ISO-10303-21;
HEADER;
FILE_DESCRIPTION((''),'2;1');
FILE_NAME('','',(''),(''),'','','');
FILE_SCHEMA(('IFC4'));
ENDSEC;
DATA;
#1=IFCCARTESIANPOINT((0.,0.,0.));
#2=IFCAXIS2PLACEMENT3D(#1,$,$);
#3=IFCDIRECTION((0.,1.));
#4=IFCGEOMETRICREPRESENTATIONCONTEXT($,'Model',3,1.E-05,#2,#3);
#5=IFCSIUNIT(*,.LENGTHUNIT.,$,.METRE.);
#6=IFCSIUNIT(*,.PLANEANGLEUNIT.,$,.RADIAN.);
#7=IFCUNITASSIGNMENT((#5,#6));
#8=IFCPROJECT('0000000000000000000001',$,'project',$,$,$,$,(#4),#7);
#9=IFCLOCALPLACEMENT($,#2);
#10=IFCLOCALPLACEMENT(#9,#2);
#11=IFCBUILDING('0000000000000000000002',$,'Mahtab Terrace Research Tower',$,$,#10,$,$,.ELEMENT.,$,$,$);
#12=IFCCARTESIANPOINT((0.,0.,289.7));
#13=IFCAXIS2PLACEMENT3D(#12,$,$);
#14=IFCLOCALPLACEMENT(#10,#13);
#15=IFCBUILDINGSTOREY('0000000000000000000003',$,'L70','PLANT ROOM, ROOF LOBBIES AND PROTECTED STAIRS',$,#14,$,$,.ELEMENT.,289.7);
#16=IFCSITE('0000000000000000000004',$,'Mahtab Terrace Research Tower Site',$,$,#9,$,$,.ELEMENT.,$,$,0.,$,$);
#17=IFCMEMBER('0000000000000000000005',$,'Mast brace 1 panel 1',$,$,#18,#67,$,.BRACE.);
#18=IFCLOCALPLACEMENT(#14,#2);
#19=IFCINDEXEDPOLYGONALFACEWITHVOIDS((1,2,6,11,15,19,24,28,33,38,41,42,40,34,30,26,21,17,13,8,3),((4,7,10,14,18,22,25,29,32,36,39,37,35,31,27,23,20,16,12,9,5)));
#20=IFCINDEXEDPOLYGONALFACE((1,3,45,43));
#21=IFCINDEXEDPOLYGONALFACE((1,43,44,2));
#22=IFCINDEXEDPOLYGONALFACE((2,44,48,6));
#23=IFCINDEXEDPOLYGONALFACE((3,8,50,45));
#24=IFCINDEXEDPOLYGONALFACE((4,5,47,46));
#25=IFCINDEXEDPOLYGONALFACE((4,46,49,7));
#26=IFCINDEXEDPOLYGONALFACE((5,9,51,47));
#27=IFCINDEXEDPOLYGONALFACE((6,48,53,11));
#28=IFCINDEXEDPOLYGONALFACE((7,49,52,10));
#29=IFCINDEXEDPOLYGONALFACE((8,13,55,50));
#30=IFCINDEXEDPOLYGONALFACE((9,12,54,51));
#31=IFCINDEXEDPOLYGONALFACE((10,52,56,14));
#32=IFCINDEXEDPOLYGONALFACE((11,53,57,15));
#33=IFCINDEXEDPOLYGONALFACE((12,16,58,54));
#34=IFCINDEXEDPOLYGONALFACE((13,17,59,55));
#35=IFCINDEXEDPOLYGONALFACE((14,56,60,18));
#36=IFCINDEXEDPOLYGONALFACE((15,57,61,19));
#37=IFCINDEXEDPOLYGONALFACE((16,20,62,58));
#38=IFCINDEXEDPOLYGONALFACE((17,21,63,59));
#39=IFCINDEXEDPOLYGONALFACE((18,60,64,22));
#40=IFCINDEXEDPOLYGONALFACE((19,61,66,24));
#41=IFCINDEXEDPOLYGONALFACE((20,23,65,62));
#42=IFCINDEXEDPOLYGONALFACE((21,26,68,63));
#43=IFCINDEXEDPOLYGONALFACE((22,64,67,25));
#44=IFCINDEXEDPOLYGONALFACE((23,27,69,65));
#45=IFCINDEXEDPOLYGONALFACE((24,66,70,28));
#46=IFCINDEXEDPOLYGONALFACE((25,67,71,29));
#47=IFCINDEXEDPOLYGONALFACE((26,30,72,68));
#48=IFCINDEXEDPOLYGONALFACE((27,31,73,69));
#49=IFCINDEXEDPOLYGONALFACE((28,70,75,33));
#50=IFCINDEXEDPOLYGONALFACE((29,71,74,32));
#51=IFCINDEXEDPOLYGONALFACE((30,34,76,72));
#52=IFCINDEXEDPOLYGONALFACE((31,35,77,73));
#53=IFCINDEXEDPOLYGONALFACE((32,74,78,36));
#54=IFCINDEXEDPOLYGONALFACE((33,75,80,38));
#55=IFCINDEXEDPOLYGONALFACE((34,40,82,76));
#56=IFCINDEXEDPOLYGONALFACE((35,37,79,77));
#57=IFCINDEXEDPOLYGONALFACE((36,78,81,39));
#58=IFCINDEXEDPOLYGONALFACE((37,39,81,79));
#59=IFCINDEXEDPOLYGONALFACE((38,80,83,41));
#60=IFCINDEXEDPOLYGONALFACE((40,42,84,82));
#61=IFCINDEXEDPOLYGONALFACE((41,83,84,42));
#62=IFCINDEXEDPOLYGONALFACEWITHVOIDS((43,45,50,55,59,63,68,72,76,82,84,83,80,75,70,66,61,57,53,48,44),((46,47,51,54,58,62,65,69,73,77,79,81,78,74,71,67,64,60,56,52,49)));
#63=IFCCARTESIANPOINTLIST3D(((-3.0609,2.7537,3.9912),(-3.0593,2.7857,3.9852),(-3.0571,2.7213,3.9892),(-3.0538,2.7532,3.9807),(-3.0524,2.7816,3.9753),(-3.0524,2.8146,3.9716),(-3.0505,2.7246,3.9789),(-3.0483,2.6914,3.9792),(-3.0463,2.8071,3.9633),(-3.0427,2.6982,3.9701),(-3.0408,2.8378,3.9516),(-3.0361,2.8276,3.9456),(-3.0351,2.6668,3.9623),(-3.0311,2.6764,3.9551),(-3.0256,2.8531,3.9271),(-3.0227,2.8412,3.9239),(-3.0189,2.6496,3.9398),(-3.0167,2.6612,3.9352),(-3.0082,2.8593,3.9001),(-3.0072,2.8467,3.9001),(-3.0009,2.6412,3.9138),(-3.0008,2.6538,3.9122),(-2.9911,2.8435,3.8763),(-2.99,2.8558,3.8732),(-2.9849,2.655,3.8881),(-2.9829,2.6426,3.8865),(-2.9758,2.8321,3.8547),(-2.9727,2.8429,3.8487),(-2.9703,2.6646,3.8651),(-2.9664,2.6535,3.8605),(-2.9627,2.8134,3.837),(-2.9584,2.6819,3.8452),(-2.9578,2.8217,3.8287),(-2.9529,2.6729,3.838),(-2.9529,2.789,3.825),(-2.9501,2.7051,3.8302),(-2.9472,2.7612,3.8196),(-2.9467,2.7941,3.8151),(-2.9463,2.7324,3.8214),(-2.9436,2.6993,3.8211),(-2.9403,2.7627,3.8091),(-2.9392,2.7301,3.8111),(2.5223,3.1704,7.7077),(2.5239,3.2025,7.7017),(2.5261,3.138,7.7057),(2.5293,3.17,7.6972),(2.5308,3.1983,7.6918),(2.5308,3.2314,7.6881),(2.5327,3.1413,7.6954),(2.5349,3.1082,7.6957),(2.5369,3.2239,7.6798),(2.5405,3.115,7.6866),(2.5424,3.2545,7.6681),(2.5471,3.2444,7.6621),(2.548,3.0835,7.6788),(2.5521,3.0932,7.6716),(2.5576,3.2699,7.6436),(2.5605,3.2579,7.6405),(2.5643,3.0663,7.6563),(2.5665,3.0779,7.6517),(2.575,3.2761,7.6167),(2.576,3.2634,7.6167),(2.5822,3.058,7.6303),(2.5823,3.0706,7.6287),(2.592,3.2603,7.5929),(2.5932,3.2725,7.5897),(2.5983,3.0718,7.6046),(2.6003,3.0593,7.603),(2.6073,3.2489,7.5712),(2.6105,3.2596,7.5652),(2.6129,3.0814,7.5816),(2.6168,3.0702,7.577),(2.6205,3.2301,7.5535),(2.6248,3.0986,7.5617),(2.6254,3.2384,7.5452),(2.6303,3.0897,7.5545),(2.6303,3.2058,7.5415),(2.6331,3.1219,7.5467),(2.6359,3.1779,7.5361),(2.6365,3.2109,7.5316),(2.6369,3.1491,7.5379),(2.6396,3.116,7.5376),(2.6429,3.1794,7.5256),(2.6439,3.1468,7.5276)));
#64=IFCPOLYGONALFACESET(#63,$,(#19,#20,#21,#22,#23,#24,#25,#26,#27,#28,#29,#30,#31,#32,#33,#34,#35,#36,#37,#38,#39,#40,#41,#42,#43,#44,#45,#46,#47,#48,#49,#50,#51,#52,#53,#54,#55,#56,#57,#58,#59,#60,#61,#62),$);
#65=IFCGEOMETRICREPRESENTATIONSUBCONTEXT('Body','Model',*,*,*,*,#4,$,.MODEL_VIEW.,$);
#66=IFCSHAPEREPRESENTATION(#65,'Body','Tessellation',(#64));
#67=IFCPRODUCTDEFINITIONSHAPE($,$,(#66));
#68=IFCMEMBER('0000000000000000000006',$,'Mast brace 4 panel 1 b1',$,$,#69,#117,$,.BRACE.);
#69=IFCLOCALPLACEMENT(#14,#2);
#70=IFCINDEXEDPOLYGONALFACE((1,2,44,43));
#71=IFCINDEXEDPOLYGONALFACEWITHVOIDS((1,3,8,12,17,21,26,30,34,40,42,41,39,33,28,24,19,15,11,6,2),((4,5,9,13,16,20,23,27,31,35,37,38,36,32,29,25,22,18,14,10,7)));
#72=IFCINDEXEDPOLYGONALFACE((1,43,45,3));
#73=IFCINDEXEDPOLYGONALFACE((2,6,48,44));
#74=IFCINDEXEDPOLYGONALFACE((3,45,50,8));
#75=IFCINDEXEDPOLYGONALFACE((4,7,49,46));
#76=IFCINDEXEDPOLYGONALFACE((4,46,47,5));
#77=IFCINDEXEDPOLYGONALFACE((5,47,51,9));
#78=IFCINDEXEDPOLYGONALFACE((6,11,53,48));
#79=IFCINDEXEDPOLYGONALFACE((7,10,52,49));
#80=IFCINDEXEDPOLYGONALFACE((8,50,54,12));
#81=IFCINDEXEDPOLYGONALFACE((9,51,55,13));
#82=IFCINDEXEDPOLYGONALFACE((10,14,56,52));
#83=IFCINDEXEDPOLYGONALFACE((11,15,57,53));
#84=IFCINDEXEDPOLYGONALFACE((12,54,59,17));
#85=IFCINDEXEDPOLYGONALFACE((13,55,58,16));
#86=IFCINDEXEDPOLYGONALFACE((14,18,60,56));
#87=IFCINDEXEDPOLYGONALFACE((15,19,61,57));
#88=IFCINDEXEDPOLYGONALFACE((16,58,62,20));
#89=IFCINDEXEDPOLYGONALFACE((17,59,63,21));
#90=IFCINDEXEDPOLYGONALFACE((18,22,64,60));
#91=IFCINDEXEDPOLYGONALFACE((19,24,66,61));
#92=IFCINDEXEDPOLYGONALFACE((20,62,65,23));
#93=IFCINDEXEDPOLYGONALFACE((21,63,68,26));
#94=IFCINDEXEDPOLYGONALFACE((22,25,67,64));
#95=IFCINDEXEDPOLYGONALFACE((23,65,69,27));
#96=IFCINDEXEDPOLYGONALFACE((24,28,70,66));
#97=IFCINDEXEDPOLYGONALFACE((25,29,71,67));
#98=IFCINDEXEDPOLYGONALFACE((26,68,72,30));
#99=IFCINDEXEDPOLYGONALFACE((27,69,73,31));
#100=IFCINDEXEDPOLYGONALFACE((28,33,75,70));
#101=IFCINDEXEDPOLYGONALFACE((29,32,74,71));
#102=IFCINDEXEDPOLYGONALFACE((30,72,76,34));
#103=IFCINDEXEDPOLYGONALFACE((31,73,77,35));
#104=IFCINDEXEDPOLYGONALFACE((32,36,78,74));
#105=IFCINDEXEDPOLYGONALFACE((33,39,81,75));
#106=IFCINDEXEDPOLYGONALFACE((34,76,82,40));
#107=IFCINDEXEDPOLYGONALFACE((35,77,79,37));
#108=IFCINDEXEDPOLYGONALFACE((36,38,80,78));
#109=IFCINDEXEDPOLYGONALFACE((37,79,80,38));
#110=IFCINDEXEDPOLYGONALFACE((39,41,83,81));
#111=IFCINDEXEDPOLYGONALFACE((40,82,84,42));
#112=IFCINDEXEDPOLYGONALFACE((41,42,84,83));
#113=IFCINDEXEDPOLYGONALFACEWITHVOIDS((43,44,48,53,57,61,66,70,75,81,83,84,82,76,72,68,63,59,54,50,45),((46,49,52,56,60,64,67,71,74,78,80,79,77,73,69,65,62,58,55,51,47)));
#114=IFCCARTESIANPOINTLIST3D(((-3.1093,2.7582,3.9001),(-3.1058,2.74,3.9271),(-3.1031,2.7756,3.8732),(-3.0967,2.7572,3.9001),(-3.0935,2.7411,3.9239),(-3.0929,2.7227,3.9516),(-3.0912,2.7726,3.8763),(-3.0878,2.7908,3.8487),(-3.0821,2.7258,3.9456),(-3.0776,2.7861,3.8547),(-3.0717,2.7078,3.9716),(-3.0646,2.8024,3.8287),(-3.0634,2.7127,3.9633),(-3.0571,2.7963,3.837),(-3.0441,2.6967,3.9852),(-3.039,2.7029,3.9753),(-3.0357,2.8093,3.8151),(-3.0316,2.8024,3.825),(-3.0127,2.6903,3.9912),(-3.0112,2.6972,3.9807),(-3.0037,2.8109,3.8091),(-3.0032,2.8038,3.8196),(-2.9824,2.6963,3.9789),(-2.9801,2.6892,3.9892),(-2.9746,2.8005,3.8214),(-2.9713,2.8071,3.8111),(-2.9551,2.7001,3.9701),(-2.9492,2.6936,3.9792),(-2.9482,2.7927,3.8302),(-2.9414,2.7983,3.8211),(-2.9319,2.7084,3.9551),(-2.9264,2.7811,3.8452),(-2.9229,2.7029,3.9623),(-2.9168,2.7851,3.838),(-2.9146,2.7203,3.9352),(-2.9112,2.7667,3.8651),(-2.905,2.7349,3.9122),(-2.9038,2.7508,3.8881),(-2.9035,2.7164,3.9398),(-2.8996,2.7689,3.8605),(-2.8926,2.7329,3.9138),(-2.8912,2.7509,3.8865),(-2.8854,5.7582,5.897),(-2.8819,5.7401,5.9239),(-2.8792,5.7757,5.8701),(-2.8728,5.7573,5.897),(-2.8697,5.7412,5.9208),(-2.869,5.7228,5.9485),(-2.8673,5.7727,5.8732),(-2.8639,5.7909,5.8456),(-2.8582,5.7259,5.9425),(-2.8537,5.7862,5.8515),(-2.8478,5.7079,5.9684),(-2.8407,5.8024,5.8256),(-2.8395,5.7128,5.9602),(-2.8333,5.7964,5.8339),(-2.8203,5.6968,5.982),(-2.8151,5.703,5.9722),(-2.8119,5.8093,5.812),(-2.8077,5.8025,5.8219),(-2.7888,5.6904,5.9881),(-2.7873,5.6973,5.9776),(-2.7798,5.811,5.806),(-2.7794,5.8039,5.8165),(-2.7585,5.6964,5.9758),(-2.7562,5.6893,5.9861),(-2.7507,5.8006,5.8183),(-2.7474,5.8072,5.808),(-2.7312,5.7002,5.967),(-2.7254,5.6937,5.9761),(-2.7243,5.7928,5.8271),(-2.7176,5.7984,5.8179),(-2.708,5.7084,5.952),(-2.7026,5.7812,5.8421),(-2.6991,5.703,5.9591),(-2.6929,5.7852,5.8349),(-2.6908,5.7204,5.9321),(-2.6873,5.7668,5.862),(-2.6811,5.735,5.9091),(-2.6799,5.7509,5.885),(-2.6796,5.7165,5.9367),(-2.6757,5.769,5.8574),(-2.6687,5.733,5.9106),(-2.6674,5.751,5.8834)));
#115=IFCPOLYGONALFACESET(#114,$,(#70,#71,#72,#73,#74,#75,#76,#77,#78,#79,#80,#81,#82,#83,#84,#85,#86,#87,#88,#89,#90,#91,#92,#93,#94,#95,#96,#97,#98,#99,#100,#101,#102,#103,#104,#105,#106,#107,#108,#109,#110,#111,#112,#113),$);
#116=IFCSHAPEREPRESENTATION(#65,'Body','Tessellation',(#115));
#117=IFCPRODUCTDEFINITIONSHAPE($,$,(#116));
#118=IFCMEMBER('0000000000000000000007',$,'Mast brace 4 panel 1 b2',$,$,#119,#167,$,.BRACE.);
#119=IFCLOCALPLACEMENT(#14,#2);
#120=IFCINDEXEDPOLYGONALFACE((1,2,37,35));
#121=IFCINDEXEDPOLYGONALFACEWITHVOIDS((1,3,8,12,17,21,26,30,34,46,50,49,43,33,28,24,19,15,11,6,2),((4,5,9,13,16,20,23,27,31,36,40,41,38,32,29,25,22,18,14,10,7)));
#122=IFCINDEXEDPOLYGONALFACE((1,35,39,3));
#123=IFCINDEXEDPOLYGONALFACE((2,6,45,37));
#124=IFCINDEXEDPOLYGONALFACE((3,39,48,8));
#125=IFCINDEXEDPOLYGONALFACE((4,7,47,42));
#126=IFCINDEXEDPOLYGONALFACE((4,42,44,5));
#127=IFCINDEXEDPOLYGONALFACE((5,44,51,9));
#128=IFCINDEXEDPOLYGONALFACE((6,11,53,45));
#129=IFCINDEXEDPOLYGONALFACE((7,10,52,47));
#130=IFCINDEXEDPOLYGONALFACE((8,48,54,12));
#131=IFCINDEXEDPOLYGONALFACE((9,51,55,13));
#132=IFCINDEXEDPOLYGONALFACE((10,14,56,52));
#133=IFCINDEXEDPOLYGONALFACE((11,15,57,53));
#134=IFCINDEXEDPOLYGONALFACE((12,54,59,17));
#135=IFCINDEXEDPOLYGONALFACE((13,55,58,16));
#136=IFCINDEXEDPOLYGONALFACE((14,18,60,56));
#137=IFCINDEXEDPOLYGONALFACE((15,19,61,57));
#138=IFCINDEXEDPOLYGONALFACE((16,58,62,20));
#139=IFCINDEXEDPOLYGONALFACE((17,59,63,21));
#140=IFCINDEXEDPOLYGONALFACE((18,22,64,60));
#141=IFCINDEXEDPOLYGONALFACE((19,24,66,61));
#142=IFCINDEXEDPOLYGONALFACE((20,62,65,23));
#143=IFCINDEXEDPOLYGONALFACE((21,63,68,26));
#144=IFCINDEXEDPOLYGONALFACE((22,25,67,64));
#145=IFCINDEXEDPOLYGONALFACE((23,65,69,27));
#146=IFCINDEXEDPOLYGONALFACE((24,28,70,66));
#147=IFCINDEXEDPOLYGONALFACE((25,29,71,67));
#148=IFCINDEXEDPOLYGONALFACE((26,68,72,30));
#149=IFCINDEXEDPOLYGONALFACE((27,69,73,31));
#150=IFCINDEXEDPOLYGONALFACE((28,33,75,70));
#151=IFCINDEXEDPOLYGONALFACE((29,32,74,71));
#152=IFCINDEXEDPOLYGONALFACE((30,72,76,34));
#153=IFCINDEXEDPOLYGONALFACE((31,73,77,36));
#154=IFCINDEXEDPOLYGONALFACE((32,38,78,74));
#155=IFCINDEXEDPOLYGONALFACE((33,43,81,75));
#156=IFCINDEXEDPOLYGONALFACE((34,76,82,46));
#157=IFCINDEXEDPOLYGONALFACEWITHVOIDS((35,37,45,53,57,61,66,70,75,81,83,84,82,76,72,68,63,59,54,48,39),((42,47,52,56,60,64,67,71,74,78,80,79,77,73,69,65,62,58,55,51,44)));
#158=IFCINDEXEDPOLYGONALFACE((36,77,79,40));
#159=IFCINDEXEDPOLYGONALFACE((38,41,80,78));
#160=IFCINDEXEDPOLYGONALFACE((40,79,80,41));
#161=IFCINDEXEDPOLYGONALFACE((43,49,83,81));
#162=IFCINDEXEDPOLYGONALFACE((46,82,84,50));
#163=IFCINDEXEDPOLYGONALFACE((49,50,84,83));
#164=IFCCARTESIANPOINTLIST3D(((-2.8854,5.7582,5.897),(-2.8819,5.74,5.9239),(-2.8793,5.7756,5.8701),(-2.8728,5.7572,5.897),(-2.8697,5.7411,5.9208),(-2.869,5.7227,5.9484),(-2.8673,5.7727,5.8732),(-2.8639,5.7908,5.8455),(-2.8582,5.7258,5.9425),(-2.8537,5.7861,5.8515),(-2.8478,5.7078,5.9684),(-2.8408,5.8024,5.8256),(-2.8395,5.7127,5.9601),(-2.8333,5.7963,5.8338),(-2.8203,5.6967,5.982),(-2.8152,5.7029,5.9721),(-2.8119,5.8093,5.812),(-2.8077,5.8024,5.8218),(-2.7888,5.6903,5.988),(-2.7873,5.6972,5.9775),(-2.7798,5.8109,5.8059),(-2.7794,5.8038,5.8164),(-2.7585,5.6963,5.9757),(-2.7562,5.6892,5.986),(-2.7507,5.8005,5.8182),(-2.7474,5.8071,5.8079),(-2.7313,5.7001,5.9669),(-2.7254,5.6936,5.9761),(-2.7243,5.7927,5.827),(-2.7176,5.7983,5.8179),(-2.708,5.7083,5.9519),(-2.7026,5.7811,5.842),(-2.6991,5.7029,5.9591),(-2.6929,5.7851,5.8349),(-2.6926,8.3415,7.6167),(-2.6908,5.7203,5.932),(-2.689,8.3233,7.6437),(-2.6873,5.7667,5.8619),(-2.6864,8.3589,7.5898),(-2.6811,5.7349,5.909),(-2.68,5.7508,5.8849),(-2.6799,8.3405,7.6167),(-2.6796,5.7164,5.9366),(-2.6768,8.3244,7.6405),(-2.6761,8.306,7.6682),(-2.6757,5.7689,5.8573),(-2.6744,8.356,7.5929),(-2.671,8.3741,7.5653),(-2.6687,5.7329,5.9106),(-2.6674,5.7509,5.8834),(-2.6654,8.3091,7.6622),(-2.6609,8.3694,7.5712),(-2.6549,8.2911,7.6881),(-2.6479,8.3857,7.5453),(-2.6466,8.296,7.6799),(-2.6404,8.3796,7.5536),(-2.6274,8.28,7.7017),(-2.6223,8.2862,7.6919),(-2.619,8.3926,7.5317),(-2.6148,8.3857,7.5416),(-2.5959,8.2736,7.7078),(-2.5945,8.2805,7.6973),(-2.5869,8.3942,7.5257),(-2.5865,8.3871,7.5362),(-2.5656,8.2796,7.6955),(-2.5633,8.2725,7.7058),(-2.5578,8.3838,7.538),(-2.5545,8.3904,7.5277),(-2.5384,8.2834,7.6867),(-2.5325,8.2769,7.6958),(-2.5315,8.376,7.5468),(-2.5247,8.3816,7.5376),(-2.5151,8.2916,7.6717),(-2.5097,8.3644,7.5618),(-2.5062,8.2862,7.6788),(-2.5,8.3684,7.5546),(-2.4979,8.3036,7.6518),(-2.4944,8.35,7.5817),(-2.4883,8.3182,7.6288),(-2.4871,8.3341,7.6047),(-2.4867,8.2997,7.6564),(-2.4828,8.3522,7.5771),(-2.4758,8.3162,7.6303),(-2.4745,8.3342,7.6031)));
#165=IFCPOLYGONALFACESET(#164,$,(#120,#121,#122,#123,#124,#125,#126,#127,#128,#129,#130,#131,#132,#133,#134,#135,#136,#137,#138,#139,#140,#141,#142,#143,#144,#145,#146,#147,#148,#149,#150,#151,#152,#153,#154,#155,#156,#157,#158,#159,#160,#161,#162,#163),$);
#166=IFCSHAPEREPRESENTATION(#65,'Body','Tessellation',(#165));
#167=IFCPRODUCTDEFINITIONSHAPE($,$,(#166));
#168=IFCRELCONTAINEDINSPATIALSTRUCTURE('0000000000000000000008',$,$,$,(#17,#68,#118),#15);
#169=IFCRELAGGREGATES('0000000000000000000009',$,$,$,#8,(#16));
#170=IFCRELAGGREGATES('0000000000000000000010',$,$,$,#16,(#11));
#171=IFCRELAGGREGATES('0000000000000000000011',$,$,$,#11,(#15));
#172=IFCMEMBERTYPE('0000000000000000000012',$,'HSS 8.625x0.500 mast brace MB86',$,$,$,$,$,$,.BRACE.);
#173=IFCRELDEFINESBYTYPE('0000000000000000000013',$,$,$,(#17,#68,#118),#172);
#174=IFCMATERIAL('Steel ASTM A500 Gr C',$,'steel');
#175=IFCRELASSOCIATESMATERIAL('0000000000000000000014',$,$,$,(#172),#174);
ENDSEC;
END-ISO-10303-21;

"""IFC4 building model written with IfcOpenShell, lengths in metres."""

from ifc_helpers import new_model, si_unit, direction, frame, origin, origin_2d, place, context, subcontext, project, spatial, hollow_circle, extrude, material, material_profile, profile_set, type_object, element, save


model = new_model("IFC4")

# Units and contexts
model_context = context("Model", 3, precision=1e-05, world=origin(), true_north=direction((0.0, 1.0)))
body_context = subcontext(model_context, "Body", "Model", "MODEL_VIEW")
ifc_project = project(units=[si_unit("LENGTHUNIT", "METRE"), si_unit("PLANEANGLEUNIT", "RADIAN")], contexts=[model_context])

# Site, building, storey
site_placement = place(None, origin())
site = spatial("IfcSite", under=ifc_project, at=site_placement, Name="Mahtab Terrace Research Tower Site", CompositionType="ELEMENT", RefElevation=0.0)
building_placement = place(site_placement, origin())
building = spatial("IfcBuilding", under=site, at=building_placement, Name="Mahtab Terrace Research Tower", CompositionType="ELEMENT")
storey_placement = place(building_placement, frame((0.0, 0.0, 289.7)))
storey = spatial("IfcBuildingStorey", under=building, at=storey_placement, Name="L70", Description="PLANT ROOM, ROOF LOBBIES AND PROTECTED STAIRS", CompositionType="ELEMENT", Elevation=289.7)

# Members
ifc_material_1 = material(Name="Steel ASTM A500 Gr C", Category="steel")
ifc_material_profile_1 = material_profile(ifc_material_1, hollow_circle(Radius=0.1096, WallThickness=0.0127, at=origin_2d()), Name="HSS8.625X0.500")
ifc_profile_set_1 = profile_set([ifc_material_profile_1], Name="Steel ASTM A500 Gr C")
member_type_1 = type_object("IfcMemberType", Name="HSS 8.625x0.500 mast brace MB86", PredefinedType="BRACE", material=ifc_profile_set_1)
member_1_placement = place(storey_placement, frame((-3.0, 2.75, 3.9001), z_axis=(0.830834, 0.062016, 0.553054), x_axis=(-0.074435, 0.997226, 0.0)))
element("IfcMember", 1, at=member_1_placement, inside=storey, type_object=member_type_1, Name="Mast brace 1 panel 1", PredefinedType="BRACE", context=body_context, shape_type="SweptSolid", body=[
    extrude(hollow_circle(Radius=0.1096, WallThickness=0.0127, at=origin_2d()), origin(), (0.0, 0.0, 1.0), 6.72),
])
member_2_placement = place(storey_placement, frame((-3.0, 2.75, 3.9001), z_axis=(0.062003, 0.830855, 0.553024), x_axis=(-0.997227, 0.074419, 0.0)))
element("IfcMember", 2, at=member_2_placement, inside=storey, type_object=member_type_1, Name="Mast brace 4 panel 1 b1", PredefinedType="BRACE", context=body_context, shape_type="SweptSolid", body=[
    extrude(hollow_circle(Radius=0.1096, WallThickness=0.0127, at=origin_2d()), origin(), (0.0, 0.0, 1.0), 3.6108),
])
member_3_placement = place(storey_placement, frame((-2.7761, 5.75, 5.897), z_axis=(0.06203, 0.83081, 0.553088), x_axis=(-0.997224, 0.074455, 0.0)))
element("IfcMember", 3, at=member_3_placement, inside=storey, type_object=member_type_1, Name="Mast brace 4 panel 1 b2", PredefinedType="BRACE", context=body_context, shape_type="SweptSolid", body=[
    extrude(hollow_circle(Radius=0.1096, WallThickness=0.0127, at=origin_2d()), origin(), (0.0, 0.0, 1.0), 3.1094),
])

save(model, "model.ifc")
